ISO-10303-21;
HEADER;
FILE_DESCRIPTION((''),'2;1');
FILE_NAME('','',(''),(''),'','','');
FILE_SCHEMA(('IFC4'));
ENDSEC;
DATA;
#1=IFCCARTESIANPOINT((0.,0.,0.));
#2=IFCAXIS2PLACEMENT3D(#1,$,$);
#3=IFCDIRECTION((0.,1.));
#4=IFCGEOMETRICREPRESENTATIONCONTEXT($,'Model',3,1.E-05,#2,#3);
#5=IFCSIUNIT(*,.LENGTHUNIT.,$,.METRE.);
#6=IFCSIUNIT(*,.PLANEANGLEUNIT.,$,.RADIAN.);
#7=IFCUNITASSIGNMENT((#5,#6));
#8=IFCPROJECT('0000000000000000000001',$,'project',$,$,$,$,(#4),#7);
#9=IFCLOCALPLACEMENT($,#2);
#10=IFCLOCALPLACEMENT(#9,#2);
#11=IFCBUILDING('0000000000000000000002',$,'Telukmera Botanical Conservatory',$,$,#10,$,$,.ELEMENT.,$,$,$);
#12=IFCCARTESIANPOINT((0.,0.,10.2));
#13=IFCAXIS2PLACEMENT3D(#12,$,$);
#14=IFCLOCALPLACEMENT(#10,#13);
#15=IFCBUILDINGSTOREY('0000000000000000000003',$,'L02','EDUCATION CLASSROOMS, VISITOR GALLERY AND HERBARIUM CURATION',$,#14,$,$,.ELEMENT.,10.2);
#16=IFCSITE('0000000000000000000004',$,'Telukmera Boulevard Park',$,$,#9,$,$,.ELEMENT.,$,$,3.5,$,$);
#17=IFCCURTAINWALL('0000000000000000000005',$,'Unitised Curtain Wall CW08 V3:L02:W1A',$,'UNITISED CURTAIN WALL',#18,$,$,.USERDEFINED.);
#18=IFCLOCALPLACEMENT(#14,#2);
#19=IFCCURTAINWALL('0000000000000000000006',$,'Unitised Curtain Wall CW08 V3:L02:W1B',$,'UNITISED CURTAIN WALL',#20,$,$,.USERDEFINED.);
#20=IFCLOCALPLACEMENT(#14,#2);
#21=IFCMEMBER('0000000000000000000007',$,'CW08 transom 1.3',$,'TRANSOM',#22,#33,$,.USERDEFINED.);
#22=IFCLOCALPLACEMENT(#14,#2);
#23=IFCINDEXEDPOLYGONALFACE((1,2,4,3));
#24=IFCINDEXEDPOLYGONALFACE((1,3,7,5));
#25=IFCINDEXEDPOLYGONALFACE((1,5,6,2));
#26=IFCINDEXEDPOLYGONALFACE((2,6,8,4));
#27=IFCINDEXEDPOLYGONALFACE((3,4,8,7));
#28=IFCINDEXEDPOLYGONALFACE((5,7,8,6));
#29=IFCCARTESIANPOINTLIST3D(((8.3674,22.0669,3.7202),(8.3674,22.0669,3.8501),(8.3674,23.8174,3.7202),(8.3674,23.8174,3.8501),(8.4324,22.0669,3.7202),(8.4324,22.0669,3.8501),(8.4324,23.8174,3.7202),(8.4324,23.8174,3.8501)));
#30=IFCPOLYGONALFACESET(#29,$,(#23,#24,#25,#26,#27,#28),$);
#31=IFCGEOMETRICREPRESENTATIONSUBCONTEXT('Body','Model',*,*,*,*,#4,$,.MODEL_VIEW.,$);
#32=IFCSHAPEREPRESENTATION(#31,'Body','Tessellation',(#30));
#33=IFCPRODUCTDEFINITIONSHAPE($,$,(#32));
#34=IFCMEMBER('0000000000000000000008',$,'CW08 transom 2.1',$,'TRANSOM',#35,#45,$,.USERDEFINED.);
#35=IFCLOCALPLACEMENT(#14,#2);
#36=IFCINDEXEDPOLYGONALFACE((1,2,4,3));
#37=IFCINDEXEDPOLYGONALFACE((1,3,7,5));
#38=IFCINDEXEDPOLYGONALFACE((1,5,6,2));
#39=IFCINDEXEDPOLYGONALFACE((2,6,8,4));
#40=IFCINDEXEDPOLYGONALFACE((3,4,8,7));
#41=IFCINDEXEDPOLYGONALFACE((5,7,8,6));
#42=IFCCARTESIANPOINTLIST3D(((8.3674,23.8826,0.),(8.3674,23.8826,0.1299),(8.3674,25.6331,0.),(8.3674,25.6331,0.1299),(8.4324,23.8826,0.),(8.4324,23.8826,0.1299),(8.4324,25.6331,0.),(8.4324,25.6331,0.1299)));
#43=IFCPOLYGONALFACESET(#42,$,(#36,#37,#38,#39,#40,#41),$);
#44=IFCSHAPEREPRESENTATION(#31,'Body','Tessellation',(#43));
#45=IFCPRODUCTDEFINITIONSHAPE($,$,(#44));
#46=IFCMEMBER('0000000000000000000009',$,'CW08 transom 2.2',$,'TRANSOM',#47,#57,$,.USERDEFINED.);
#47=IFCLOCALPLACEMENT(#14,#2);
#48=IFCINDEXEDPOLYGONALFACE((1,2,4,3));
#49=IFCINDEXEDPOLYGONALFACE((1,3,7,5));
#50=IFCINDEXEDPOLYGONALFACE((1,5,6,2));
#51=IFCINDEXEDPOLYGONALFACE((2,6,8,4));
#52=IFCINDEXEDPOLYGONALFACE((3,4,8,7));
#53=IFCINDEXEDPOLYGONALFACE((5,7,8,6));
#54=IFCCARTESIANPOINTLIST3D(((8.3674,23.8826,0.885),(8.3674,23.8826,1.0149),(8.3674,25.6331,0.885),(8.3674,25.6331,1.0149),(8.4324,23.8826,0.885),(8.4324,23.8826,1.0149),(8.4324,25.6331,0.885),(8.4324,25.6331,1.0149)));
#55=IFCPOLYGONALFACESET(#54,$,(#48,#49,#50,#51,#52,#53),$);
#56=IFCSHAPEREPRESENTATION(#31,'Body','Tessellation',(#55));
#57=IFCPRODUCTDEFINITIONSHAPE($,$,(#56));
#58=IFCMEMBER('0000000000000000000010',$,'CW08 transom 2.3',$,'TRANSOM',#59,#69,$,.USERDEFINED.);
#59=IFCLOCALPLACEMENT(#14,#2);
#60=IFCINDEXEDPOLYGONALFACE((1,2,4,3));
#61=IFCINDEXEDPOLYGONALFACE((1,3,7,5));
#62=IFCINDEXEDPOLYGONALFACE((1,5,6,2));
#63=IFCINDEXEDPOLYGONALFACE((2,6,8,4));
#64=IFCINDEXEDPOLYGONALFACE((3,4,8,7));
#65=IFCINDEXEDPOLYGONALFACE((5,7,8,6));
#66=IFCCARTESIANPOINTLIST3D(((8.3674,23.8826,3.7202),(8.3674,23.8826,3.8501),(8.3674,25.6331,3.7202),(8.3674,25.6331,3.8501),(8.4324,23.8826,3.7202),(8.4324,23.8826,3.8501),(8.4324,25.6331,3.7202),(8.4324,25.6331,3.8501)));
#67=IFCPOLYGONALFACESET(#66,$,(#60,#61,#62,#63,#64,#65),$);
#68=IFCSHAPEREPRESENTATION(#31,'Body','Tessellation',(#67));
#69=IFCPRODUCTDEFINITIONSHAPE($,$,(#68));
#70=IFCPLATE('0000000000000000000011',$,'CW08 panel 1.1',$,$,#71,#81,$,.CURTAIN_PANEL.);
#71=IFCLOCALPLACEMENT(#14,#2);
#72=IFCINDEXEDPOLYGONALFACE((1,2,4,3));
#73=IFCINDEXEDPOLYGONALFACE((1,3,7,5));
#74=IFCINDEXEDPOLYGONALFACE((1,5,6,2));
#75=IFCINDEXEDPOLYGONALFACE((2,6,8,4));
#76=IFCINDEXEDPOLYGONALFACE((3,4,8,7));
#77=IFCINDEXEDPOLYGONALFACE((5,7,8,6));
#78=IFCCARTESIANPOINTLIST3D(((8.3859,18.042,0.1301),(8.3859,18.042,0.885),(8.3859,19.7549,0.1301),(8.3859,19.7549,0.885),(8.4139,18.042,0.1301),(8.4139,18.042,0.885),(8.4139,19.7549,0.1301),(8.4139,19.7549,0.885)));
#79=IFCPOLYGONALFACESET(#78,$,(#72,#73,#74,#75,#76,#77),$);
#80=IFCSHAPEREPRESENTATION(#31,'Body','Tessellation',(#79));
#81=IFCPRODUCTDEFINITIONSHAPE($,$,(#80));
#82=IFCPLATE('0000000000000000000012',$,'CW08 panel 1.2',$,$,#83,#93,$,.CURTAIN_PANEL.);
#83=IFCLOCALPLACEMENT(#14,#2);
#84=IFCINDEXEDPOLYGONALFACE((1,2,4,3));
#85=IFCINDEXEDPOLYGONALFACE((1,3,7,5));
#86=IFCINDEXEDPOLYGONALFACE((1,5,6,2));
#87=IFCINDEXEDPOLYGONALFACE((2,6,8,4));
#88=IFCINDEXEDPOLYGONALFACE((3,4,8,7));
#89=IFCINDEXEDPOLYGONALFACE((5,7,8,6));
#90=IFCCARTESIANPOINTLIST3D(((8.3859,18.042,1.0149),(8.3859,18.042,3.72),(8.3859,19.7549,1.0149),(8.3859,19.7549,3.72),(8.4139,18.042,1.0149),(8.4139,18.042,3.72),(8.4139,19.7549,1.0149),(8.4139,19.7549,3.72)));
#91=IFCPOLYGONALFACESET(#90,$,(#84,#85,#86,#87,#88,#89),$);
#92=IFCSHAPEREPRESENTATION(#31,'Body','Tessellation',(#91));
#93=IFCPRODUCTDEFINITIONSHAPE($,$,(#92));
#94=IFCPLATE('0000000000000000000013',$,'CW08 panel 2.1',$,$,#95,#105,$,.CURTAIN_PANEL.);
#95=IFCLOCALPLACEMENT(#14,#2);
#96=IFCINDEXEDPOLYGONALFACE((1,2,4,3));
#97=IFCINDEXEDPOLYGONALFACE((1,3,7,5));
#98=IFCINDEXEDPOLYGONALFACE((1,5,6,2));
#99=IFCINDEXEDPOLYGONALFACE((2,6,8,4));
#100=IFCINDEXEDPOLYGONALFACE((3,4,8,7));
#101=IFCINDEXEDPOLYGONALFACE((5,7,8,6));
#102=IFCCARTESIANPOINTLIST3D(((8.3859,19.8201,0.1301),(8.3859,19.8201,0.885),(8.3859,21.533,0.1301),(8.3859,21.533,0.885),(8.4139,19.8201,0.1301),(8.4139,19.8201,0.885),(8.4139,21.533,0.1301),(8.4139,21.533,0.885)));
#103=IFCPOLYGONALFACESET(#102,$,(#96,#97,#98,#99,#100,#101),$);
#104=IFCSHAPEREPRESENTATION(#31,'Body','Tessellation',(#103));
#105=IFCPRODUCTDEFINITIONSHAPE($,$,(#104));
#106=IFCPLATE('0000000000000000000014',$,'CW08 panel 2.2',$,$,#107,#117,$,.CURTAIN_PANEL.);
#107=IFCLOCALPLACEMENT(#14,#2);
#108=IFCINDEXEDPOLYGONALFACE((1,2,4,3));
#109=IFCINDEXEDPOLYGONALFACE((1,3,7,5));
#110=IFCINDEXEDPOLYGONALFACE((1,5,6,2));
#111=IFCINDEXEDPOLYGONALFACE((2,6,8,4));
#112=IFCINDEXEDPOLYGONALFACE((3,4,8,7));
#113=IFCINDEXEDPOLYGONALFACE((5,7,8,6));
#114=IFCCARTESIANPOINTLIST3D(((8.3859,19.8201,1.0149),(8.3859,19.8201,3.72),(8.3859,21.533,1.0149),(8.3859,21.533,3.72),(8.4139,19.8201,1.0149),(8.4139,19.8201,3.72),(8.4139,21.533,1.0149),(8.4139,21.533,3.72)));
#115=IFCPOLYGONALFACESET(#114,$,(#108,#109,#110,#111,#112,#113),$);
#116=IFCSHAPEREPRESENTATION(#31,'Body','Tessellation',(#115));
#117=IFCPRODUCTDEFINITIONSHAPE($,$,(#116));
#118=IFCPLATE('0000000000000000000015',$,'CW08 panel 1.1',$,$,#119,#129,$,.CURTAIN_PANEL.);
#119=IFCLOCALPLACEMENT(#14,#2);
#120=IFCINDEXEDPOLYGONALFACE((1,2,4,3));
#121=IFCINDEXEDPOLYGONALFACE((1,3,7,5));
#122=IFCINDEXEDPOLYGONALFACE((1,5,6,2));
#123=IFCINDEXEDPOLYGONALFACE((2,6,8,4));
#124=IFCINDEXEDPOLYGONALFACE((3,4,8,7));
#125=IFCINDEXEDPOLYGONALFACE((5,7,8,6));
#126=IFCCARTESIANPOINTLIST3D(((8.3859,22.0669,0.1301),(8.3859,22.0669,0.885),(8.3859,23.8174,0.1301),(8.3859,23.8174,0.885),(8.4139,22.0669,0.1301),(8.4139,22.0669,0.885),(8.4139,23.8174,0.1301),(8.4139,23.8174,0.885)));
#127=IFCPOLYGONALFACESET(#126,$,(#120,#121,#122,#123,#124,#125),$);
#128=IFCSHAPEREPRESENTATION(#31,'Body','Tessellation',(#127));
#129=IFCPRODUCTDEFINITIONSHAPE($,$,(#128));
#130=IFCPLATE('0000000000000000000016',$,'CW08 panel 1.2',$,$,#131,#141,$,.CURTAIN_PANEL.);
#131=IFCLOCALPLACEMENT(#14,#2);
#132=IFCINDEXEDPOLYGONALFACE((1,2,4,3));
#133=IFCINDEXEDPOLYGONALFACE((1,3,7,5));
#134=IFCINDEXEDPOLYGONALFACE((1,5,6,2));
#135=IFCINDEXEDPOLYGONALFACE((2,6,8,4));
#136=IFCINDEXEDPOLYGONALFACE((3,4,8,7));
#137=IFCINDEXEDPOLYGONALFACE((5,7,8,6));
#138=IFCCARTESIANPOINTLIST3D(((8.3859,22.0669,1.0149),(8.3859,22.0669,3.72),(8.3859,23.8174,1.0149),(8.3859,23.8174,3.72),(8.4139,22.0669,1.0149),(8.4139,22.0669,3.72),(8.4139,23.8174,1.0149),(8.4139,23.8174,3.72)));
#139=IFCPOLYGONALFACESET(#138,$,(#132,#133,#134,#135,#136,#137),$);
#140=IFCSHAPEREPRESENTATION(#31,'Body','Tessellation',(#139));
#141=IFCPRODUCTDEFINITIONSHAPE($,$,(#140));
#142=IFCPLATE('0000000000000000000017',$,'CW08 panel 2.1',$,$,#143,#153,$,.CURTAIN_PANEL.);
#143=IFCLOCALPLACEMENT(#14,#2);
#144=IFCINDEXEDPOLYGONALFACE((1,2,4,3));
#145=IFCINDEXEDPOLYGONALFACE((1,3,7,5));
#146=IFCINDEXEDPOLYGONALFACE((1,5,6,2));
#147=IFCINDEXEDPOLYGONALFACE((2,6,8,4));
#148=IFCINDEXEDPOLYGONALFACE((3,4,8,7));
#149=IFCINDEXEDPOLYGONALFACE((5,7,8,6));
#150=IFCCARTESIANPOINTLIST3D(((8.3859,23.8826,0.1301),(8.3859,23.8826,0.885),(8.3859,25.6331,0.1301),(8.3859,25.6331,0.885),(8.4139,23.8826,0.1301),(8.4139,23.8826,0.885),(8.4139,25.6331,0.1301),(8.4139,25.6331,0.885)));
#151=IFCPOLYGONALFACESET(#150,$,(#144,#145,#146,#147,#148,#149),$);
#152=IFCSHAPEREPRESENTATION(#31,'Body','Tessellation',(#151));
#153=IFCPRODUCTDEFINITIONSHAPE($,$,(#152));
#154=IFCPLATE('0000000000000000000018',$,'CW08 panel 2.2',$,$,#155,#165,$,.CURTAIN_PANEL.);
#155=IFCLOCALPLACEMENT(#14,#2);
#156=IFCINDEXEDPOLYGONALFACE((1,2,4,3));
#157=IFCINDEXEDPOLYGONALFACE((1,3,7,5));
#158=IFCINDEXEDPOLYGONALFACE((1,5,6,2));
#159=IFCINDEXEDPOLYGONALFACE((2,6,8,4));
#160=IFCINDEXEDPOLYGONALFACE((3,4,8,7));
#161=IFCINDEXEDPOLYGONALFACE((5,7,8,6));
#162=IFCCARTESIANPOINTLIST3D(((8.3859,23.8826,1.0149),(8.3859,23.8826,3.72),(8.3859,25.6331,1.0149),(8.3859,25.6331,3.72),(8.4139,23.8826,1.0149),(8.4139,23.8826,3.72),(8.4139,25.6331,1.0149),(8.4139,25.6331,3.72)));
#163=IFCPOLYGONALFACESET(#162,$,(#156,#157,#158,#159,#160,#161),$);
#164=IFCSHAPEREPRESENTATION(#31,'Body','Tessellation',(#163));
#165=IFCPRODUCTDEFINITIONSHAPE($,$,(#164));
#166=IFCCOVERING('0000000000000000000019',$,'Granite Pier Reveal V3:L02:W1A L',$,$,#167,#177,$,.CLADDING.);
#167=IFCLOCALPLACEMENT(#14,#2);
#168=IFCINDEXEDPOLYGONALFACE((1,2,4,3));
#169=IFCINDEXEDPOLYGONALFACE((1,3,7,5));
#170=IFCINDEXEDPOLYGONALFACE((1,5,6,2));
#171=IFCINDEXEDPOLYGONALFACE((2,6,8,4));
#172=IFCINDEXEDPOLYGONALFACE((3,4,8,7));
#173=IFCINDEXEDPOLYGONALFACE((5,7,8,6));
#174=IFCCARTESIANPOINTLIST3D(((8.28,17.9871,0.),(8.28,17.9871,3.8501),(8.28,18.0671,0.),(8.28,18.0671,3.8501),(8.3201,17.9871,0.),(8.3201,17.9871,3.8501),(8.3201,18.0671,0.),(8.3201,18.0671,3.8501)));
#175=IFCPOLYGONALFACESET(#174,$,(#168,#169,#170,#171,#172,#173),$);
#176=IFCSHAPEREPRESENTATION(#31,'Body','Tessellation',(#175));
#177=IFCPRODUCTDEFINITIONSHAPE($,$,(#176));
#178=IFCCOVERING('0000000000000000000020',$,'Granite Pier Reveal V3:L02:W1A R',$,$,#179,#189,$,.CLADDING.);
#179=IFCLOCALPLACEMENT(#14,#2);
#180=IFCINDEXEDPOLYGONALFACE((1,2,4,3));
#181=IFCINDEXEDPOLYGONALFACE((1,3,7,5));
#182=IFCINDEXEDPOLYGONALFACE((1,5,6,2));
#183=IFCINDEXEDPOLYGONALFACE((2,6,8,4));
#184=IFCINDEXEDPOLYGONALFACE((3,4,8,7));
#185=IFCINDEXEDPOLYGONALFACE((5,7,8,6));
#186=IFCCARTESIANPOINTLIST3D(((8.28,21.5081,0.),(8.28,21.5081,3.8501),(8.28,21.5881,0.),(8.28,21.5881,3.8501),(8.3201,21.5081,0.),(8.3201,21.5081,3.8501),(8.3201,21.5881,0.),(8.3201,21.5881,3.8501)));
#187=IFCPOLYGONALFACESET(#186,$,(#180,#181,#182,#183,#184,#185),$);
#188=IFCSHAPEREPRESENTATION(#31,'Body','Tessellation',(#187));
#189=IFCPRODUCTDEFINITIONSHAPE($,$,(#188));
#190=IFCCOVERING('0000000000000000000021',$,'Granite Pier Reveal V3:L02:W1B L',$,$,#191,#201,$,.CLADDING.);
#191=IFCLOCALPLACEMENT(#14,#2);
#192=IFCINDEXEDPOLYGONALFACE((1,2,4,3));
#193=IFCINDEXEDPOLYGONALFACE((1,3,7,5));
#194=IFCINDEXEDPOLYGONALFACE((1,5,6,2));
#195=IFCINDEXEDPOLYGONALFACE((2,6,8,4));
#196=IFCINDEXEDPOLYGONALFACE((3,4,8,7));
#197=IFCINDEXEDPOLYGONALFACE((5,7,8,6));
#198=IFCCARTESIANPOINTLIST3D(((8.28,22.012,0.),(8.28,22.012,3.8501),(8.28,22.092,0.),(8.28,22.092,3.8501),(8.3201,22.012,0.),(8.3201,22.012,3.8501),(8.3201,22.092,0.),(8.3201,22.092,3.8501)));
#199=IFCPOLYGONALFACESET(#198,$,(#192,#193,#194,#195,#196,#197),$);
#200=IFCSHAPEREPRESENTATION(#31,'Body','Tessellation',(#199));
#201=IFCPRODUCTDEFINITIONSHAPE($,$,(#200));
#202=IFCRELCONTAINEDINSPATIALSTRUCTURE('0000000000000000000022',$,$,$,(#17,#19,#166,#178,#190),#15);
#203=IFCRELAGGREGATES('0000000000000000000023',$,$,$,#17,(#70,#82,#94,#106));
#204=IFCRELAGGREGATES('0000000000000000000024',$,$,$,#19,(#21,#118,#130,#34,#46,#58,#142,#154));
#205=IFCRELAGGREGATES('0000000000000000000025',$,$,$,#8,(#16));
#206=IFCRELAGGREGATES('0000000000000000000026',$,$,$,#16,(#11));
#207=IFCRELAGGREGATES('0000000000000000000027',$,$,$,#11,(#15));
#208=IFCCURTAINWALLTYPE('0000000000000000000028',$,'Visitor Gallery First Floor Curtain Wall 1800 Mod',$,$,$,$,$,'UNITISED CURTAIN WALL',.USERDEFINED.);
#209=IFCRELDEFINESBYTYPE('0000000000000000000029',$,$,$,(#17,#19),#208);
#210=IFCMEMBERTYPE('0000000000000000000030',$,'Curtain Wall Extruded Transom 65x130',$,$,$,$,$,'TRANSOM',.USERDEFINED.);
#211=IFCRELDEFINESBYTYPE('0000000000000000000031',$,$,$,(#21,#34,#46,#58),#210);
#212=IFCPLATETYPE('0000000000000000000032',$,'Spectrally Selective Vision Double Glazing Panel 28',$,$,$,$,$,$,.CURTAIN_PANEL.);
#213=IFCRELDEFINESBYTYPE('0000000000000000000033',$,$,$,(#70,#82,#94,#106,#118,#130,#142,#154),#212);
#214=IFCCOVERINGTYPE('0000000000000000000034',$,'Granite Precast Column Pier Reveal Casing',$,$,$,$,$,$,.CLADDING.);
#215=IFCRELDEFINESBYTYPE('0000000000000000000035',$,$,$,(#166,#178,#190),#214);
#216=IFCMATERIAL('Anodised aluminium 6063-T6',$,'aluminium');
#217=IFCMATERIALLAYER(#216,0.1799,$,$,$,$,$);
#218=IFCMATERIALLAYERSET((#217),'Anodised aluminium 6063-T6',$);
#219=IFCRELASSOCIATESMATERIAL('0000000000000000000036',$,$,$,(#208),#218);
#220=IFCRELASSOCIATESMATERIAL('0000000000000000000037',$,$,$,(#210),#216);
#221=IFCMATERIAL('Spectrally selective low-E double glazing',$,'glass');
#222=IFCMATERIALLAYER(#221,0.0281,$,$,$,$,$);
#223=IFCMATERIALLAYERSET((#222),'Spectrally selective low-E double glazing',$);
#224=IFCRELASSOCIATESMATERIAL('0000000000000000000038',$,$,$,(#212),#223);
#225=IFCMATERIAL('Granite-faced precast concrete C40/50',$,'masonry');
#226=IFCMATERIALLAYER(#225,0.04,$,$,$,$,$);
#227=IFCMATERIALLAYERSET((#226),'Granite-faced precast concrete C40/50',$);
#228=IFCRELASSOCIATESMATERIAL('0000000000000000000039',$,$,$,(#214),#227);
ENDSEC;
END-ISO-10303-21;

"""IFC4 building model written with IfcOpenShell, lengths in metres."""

from ifc_helpers import new_model, si_unit, direction, frame, origin, origin_2d, place, context, subcontext, project, spatial, rectangle, extrude, material, layer, layer_set, material_profile, profile_set, type_object, element, aggregate, save


model = new_model("IFC4")

# Units and contexts
model_context = context("Model", 3, precision=1e-05, world=origin(), true_north=direction((0.0, 1.0)))
body_context = subcontext(model_context, "Body", "Model", "MODEL_VIEW")
ifc_project = project(units=[si_unit("LENGTHUNIT", "METRE"), si_unit("PLANEANGLEUNIT", "RADIAN")], contexts=[model_context])

# Site, building, storey
site_placement = place(None, origin())
site = spatial("IfcSite", under=ifc_project, at=site_placement, Name="Telukmera Boulevard Park", CompositionType="ELEMENT", RefElevation=3.5)
building_placement = place(site_placement, origin())
building = spatial("IfcBuilding", under=site, at=building_placement, Name="Telukmera Botanical Conservatory", CompositionType="ELEMENT")
storey_placement = place(building_placement, frame((0.0, 0.0, 10.2)))
storey = spatial("IfcBuildingStorey", under=building, at=storey_placement, Name="L02", Description="EDUCATION CLASSROOMS, VISITOR GALLERY AND HERBARIUM CURATION", CompositionType="ELEMENT", Elevation=10.2)

# Curtain walls
ifc_material_1 = material(Name="Anodised aluminium 6063-T6", Category="aluminium")
ifc_layer_1 = layer(ifc_material_1, 0.1799)
ifc_layer_set_1 = layer_set([ifc_layer_1], Name="Anodised aluminium 6063-T6")
curtain_wall_type = type_object("IfcCurtainWallType", Name="Visitor Gallery First Floor Curtain Wall 1800 Mod", ElementType="UNITISED CURTAIN WALL", PredefinedType="USERDEFINED", material=ifc_layer_set_1)
curtain_wall_1_placement = place(storey_placement, origin())
curtain_wall_1 = element("IfcCurtainWall", 1, at=curtain_wall_1_placement, inside=storey, type_object=curtain_wall_type, Name="Unitised Curtain Wall CW08 V3:L02:W1A", ObjectType="UNITISED CURTAIN WALL", PredefinedType="USERDEFINED")
curtain_wall_2_placement = place(storey_placement, origin())
curtain_wall_2 = element("IfcCurtainWall", 2, at=curtain_wall_2_placement, inside=storey, type_object=curtain_wall_type, Name="Unitised Curtain Wall CW08 V3:L02:W1B", ObjectType="UNITISED CURTAIN WALL", PredefinedType="USERDEFINED")

# Members
ifc_material_profile_1 = material_profile(ifc_material_1, rectangle(XDim=0.0649, YDim=0.1299, at=origin_2d()), Name="ALU TRAN 65x130")
ifc_profile_set_1 = profile_set([ifc_material_profile_1], Name="Anodised aluminium 6063-T6")
member_type_1 = type_object("IfcMemberType", Name="Curtain Wall Extruded Transom 65x130", ElementType="TRANSOM", PredefinedType="USERDEFINED", material=ifc_profile_set_1)
member_1_placement = place(storey_placement, frame((8.3999, 22.0669, 3.7852), z_axis=(0.0, 1.0, 0.0), x_axis=(-1.0, 0.0, 0.0)))
member_1 = element("IfcMember", 3, at=member_1_placement, type_object=member_type_1, Name="CW08 transom 1.3", ObjectType="TRANSOM", PredefinedType="USERDEFINED", context=body_context, shape_type="SweptSolid", body=[
    extrude(rectangle(XDim=0.0649, YDim=0.1299, at=origin_2d()), origin(), (0.0, 0.0, 1.0), 1.7505),
])
member_2_placement = place(storey_placement, frame((8.3999, 23.8826, 0.0649), z_axis=(0.0, 1.0, 0.0), x_axis=(-1.0, 0.0, 0.0)))
member_2 = element("IfcMember", 4, at=member_2_placement, type_object=member_type_1, Name="CW08 transom 2.1", ObjectType="TRANSOM", PredefinedType="USERDEFINED", context=body_context, shape_type="SweptSolid", body=[
    extrude(rectangle(XDim=0.0649, YDim=0.1299, at=origin_2d()), origin(), (0.0, 0.0, 1.0), 1.7505),
])
member_3_placement = place(storey_placement, frame((8.3999, 23.8826, 0.95), z_axis=(0.0, 1.0, 0.0), x_axis=(-1.0, 0.0, 0.0)))
member_3 = element("IfcMember", 5, at=member_3_placement, type_object=member_type_1, Name="CW08 transom 2.2", ObjectType="TRANSOM", PredefinedType="USERDEFINED", context=body_context, shape_type="SweptSolid", body=[
    extrude(rectangle(XDim=0.0649, YDim=0.1299, at=origin_2d()), origin(), (0.0, 0.0, 1.0), 1.7505),
])
member_4_placement = place(storey_placement, frame((8.3999, 23.8826, 3.7852), z_axis=(0.0, 1.0, 0.0), x_axis=(-1.0, 0.0, 0.0)))
member_4 = element("IfcMember", 6, at=member_4_placement, type_object=member_type_1, Name="CW08 transom 2.3", ObjectType="TRANSOM", PredefinedType="USERDEFINED", context=body_context, shape_type="SweptSolid", body=[
    extrude(rectangle(XDim=0.0649, YDim=0.1299, at=origin_2d()), origin(), (0.0, 0.0, 1.0), 1.7505),
])

# Plates
ifc_material_2 = material(Name="Spectrally selective low-E double glazing", Category="glass")
ifc_layer_2 = layer(ifc_material_2, 0.0281)
ifc_layer_set_2 = layer_set([ifc_layer_2], Name="Spectrally selective low-E double glazing")
plate_type = type_object("IfcPlateType", Name="Spectrally Selective Vision Double Glazing Panel 28", PredefinedType="CURTAIN_PANEL", material=ifc_layer_set_2)
plate_1_placement = place(storey_placement, frame((8.3999, 18.8984, 0.1301), z_axis=(0.0, 0.0, 1.0), x_axis=(0.0, 1.0, 0.0)))
plate_1 = element("IfcPlate", 7, at=plate_1_placement, type_object=plate_type, Name="CW08 panel 1.1", PredefinedType="CURTAIN_PANEL", context=body_context, shape_type="SweptSolid", body=[
    extrude(rectangle(XDim=1.7129, YDim=0.0281, at=origin_2d()), origin(), (0.0, 0.0, 1.0), 0.7549),
])
plate_2_placement = place(storey_placement, frame((8.3999, 18.8984, 1.0149), z_axis=(0.0, 0.0, 1.0), x_axis=(0.0, 1.0, 0.0)))
plate_2 = element("IfcPlate", 8, at=plate_2_placement, type_object=plate_type, Name="CW08 panel 1.2", PredefinedType="CURTAIN_PANEL", context=body_context, shape_type="SweptSolid", body=[
    extrude(rectangle(XDim=1.7129, YDim=0.0281, at=origin_2d()), origin(), (0.0, 0.0, 1.0), 2.7051),
])
plate_3_placement = place(storey_placement, frame((8.3999, 20.6765, 0.1301), z_axis=(0.0, 0.0, 1.0), x_axis=(0.0, 1.0, 0.0)))
plate_3 = element("IfcPlate", 9, at=plate_3_placement, type_object=plate_type, Name="CW08 panel 2.1", PredefinedType="CURTAIN_PANEL", context=body_context, shape_type="SweptSolid", body=[
    extrude(rectangle(XDim=1.7129, YDim=0.0281, at=origin_2d()), origin(), (0.0, 0.0, 1.0), 0.7549),
])
plate_4_placement = place(storey_placement, frame((8.3999, 20.6765, 1.0149), z_axis=(0.0, 0.0, 1.0), x_axis=(0.0, 1.0, 0.0)))
plate_4 = element("IfcPlate", 10, at=plate_4_placement, type_object=plate_type, Name="CW08 panel 2.2", PredefinedType="CURTAIN_PANEL", context=body_context, shape_type="SweptSolid", body=[
    extrude(rectangle(XDim=1.7129, YDim=0.0281, at=origin_2d()), origin(), (0.0, 0.0, 1.0), 2.7051),
])
aggregate(curtain_wall_1, [plate_1, plate_2, plate_3, plate_4])
plate_5_placement = place(storey_placement, frame((8.3999, 22.9421, 0.1301), z_axis=(0.0, 0.0, 1.0), x_axis=(0.0, 1.0, 0.0)))
plate_5 = element("IfcPlate", 11, at=plate_5_placement, type_object=plate_type, Name="CW08 panel 1.1", PredefinedType="CURTAIN_PANEL", context=body_context, shape_type="SweptSolid", body=[
    extrude(rectangle(XDim=1.7505, YDim=0.0281, at=origin_2d()), origin(), (0.0, 0.0, 1.0), 0.7549),
])
plate_6_placement = place(storey_placement, frame((8.3999, 22.9421, 1.0149), z_axis=(0.0, 0.0, 1.0), x_axis=(0.0, 1.0, 0.0)))
plate_6 = element("IfcPlate", 12, at=plate_6_placement, type_object=plate_type, Name="CW08 panel 1.2", PredefinedType="CURTAIN_PANEL", context=body_context, shape_type="SweptSolid", body=[
    extrude(rectangle(XDim=1.7505, YDim=0.0281, at=origin_2d()), origin(), (0.0, 0.0, 1.0), 2.7051),
])
plate_7_placement = place(storey_placement, frame((8.3999, 24.7578, 0.1301), z_axis=(0.0, 0.0, 1.0), x_axis=(0.0, 1.0, 0.0)))
plate_7 = element("IfcPlate", 13, at=plate_7_placement, type_object=plate_type, Name="CW08 panel 2.1", PredefinedType="CURTAIN_PANEL", context=body_context, shape_type="SweptSolid", body=[
    extrude(rectangle(XDim=1.7505, YDim=0.0281, at=origin_2d()), origin(), (0.0, 0.0, 1.0), 0.7549),
])
plate_8_placement = place(storey_placement, frame((8.3999, 24.7578, 1.0149), z_axis=(0.0, 0.0, 1.0), x_axis=(0.0, 1.0, 0.0)))
plate_8 = element("IfcPlate", 14, at=plate_8_placement, type_object=plate_type, Name="CW08 panel 2.2", PredefinedType="CURTAIN_PANEL", context=body_context, shape_type="SweptSolid", body=[
    extrude(rectangle(XDim=1.7505, YDim=0.0281, at=origin_2d()), origin(), (0.0, 0.0, 1.0), 2.7051),
])
aggregate(curtain_wall_2, [member_1, plate_5, plate_6, member_2, member_3, member_4, plate_7, plate_8])

# Coverings
ifc_material_3 = material(Name="Granite-faced precast concrete C40/50", Category="masonry")
ifc_layer_3 = layer(ifc_material_3, 0.04)
ifc_layer_set_3 = layer_set([ifc_layer_3], Name="Granite-faced precast concrete C40/50")
covering_type = type_object("IfcCoveringType", Name="Granite Precast Column Pier Reveal Casing", PredefinedType="CLADDING", material=ifc_layer_set_3)
for number, where, z_axis, x_axis, name in (
    (15, (8.3, 18.0271, 0.0), (0.0, 0.0, 1.0), (0.0, 1.0, 0.0), "Granite Pier Reveal V3:L02:W1A L"),
    (16, (8.3, 21.5481, 0.0), (0.0, 0.0, 1.0), (0.0, 1.0, 0.0), "Granite Pier Reveal V3:L02:W1A R"),
    (17, (8.3, 22.052, 0.0), (0.0, 0.0, 1.0), (0.0, 1.0, 0.0), "Granite Pier Reveal V3:L02:W1B L"),
):
    element("IfcCovering", number, at=place(storey_placement, frame(where, z_axis=z_axis, x_axis=x_axis)), inside=storey, type_object=covering_type, Name=name, PredefinedType="CLADDING", context=body_context, shape_type="SweptSolid", body=[
        extrude(rectangle(XDim=0.0801, YDim=0.04, at=origin_2d()), origin(), (0.0, 0.0, 1.0), 3.8501),
    ])

save(model, "model.ifc")
